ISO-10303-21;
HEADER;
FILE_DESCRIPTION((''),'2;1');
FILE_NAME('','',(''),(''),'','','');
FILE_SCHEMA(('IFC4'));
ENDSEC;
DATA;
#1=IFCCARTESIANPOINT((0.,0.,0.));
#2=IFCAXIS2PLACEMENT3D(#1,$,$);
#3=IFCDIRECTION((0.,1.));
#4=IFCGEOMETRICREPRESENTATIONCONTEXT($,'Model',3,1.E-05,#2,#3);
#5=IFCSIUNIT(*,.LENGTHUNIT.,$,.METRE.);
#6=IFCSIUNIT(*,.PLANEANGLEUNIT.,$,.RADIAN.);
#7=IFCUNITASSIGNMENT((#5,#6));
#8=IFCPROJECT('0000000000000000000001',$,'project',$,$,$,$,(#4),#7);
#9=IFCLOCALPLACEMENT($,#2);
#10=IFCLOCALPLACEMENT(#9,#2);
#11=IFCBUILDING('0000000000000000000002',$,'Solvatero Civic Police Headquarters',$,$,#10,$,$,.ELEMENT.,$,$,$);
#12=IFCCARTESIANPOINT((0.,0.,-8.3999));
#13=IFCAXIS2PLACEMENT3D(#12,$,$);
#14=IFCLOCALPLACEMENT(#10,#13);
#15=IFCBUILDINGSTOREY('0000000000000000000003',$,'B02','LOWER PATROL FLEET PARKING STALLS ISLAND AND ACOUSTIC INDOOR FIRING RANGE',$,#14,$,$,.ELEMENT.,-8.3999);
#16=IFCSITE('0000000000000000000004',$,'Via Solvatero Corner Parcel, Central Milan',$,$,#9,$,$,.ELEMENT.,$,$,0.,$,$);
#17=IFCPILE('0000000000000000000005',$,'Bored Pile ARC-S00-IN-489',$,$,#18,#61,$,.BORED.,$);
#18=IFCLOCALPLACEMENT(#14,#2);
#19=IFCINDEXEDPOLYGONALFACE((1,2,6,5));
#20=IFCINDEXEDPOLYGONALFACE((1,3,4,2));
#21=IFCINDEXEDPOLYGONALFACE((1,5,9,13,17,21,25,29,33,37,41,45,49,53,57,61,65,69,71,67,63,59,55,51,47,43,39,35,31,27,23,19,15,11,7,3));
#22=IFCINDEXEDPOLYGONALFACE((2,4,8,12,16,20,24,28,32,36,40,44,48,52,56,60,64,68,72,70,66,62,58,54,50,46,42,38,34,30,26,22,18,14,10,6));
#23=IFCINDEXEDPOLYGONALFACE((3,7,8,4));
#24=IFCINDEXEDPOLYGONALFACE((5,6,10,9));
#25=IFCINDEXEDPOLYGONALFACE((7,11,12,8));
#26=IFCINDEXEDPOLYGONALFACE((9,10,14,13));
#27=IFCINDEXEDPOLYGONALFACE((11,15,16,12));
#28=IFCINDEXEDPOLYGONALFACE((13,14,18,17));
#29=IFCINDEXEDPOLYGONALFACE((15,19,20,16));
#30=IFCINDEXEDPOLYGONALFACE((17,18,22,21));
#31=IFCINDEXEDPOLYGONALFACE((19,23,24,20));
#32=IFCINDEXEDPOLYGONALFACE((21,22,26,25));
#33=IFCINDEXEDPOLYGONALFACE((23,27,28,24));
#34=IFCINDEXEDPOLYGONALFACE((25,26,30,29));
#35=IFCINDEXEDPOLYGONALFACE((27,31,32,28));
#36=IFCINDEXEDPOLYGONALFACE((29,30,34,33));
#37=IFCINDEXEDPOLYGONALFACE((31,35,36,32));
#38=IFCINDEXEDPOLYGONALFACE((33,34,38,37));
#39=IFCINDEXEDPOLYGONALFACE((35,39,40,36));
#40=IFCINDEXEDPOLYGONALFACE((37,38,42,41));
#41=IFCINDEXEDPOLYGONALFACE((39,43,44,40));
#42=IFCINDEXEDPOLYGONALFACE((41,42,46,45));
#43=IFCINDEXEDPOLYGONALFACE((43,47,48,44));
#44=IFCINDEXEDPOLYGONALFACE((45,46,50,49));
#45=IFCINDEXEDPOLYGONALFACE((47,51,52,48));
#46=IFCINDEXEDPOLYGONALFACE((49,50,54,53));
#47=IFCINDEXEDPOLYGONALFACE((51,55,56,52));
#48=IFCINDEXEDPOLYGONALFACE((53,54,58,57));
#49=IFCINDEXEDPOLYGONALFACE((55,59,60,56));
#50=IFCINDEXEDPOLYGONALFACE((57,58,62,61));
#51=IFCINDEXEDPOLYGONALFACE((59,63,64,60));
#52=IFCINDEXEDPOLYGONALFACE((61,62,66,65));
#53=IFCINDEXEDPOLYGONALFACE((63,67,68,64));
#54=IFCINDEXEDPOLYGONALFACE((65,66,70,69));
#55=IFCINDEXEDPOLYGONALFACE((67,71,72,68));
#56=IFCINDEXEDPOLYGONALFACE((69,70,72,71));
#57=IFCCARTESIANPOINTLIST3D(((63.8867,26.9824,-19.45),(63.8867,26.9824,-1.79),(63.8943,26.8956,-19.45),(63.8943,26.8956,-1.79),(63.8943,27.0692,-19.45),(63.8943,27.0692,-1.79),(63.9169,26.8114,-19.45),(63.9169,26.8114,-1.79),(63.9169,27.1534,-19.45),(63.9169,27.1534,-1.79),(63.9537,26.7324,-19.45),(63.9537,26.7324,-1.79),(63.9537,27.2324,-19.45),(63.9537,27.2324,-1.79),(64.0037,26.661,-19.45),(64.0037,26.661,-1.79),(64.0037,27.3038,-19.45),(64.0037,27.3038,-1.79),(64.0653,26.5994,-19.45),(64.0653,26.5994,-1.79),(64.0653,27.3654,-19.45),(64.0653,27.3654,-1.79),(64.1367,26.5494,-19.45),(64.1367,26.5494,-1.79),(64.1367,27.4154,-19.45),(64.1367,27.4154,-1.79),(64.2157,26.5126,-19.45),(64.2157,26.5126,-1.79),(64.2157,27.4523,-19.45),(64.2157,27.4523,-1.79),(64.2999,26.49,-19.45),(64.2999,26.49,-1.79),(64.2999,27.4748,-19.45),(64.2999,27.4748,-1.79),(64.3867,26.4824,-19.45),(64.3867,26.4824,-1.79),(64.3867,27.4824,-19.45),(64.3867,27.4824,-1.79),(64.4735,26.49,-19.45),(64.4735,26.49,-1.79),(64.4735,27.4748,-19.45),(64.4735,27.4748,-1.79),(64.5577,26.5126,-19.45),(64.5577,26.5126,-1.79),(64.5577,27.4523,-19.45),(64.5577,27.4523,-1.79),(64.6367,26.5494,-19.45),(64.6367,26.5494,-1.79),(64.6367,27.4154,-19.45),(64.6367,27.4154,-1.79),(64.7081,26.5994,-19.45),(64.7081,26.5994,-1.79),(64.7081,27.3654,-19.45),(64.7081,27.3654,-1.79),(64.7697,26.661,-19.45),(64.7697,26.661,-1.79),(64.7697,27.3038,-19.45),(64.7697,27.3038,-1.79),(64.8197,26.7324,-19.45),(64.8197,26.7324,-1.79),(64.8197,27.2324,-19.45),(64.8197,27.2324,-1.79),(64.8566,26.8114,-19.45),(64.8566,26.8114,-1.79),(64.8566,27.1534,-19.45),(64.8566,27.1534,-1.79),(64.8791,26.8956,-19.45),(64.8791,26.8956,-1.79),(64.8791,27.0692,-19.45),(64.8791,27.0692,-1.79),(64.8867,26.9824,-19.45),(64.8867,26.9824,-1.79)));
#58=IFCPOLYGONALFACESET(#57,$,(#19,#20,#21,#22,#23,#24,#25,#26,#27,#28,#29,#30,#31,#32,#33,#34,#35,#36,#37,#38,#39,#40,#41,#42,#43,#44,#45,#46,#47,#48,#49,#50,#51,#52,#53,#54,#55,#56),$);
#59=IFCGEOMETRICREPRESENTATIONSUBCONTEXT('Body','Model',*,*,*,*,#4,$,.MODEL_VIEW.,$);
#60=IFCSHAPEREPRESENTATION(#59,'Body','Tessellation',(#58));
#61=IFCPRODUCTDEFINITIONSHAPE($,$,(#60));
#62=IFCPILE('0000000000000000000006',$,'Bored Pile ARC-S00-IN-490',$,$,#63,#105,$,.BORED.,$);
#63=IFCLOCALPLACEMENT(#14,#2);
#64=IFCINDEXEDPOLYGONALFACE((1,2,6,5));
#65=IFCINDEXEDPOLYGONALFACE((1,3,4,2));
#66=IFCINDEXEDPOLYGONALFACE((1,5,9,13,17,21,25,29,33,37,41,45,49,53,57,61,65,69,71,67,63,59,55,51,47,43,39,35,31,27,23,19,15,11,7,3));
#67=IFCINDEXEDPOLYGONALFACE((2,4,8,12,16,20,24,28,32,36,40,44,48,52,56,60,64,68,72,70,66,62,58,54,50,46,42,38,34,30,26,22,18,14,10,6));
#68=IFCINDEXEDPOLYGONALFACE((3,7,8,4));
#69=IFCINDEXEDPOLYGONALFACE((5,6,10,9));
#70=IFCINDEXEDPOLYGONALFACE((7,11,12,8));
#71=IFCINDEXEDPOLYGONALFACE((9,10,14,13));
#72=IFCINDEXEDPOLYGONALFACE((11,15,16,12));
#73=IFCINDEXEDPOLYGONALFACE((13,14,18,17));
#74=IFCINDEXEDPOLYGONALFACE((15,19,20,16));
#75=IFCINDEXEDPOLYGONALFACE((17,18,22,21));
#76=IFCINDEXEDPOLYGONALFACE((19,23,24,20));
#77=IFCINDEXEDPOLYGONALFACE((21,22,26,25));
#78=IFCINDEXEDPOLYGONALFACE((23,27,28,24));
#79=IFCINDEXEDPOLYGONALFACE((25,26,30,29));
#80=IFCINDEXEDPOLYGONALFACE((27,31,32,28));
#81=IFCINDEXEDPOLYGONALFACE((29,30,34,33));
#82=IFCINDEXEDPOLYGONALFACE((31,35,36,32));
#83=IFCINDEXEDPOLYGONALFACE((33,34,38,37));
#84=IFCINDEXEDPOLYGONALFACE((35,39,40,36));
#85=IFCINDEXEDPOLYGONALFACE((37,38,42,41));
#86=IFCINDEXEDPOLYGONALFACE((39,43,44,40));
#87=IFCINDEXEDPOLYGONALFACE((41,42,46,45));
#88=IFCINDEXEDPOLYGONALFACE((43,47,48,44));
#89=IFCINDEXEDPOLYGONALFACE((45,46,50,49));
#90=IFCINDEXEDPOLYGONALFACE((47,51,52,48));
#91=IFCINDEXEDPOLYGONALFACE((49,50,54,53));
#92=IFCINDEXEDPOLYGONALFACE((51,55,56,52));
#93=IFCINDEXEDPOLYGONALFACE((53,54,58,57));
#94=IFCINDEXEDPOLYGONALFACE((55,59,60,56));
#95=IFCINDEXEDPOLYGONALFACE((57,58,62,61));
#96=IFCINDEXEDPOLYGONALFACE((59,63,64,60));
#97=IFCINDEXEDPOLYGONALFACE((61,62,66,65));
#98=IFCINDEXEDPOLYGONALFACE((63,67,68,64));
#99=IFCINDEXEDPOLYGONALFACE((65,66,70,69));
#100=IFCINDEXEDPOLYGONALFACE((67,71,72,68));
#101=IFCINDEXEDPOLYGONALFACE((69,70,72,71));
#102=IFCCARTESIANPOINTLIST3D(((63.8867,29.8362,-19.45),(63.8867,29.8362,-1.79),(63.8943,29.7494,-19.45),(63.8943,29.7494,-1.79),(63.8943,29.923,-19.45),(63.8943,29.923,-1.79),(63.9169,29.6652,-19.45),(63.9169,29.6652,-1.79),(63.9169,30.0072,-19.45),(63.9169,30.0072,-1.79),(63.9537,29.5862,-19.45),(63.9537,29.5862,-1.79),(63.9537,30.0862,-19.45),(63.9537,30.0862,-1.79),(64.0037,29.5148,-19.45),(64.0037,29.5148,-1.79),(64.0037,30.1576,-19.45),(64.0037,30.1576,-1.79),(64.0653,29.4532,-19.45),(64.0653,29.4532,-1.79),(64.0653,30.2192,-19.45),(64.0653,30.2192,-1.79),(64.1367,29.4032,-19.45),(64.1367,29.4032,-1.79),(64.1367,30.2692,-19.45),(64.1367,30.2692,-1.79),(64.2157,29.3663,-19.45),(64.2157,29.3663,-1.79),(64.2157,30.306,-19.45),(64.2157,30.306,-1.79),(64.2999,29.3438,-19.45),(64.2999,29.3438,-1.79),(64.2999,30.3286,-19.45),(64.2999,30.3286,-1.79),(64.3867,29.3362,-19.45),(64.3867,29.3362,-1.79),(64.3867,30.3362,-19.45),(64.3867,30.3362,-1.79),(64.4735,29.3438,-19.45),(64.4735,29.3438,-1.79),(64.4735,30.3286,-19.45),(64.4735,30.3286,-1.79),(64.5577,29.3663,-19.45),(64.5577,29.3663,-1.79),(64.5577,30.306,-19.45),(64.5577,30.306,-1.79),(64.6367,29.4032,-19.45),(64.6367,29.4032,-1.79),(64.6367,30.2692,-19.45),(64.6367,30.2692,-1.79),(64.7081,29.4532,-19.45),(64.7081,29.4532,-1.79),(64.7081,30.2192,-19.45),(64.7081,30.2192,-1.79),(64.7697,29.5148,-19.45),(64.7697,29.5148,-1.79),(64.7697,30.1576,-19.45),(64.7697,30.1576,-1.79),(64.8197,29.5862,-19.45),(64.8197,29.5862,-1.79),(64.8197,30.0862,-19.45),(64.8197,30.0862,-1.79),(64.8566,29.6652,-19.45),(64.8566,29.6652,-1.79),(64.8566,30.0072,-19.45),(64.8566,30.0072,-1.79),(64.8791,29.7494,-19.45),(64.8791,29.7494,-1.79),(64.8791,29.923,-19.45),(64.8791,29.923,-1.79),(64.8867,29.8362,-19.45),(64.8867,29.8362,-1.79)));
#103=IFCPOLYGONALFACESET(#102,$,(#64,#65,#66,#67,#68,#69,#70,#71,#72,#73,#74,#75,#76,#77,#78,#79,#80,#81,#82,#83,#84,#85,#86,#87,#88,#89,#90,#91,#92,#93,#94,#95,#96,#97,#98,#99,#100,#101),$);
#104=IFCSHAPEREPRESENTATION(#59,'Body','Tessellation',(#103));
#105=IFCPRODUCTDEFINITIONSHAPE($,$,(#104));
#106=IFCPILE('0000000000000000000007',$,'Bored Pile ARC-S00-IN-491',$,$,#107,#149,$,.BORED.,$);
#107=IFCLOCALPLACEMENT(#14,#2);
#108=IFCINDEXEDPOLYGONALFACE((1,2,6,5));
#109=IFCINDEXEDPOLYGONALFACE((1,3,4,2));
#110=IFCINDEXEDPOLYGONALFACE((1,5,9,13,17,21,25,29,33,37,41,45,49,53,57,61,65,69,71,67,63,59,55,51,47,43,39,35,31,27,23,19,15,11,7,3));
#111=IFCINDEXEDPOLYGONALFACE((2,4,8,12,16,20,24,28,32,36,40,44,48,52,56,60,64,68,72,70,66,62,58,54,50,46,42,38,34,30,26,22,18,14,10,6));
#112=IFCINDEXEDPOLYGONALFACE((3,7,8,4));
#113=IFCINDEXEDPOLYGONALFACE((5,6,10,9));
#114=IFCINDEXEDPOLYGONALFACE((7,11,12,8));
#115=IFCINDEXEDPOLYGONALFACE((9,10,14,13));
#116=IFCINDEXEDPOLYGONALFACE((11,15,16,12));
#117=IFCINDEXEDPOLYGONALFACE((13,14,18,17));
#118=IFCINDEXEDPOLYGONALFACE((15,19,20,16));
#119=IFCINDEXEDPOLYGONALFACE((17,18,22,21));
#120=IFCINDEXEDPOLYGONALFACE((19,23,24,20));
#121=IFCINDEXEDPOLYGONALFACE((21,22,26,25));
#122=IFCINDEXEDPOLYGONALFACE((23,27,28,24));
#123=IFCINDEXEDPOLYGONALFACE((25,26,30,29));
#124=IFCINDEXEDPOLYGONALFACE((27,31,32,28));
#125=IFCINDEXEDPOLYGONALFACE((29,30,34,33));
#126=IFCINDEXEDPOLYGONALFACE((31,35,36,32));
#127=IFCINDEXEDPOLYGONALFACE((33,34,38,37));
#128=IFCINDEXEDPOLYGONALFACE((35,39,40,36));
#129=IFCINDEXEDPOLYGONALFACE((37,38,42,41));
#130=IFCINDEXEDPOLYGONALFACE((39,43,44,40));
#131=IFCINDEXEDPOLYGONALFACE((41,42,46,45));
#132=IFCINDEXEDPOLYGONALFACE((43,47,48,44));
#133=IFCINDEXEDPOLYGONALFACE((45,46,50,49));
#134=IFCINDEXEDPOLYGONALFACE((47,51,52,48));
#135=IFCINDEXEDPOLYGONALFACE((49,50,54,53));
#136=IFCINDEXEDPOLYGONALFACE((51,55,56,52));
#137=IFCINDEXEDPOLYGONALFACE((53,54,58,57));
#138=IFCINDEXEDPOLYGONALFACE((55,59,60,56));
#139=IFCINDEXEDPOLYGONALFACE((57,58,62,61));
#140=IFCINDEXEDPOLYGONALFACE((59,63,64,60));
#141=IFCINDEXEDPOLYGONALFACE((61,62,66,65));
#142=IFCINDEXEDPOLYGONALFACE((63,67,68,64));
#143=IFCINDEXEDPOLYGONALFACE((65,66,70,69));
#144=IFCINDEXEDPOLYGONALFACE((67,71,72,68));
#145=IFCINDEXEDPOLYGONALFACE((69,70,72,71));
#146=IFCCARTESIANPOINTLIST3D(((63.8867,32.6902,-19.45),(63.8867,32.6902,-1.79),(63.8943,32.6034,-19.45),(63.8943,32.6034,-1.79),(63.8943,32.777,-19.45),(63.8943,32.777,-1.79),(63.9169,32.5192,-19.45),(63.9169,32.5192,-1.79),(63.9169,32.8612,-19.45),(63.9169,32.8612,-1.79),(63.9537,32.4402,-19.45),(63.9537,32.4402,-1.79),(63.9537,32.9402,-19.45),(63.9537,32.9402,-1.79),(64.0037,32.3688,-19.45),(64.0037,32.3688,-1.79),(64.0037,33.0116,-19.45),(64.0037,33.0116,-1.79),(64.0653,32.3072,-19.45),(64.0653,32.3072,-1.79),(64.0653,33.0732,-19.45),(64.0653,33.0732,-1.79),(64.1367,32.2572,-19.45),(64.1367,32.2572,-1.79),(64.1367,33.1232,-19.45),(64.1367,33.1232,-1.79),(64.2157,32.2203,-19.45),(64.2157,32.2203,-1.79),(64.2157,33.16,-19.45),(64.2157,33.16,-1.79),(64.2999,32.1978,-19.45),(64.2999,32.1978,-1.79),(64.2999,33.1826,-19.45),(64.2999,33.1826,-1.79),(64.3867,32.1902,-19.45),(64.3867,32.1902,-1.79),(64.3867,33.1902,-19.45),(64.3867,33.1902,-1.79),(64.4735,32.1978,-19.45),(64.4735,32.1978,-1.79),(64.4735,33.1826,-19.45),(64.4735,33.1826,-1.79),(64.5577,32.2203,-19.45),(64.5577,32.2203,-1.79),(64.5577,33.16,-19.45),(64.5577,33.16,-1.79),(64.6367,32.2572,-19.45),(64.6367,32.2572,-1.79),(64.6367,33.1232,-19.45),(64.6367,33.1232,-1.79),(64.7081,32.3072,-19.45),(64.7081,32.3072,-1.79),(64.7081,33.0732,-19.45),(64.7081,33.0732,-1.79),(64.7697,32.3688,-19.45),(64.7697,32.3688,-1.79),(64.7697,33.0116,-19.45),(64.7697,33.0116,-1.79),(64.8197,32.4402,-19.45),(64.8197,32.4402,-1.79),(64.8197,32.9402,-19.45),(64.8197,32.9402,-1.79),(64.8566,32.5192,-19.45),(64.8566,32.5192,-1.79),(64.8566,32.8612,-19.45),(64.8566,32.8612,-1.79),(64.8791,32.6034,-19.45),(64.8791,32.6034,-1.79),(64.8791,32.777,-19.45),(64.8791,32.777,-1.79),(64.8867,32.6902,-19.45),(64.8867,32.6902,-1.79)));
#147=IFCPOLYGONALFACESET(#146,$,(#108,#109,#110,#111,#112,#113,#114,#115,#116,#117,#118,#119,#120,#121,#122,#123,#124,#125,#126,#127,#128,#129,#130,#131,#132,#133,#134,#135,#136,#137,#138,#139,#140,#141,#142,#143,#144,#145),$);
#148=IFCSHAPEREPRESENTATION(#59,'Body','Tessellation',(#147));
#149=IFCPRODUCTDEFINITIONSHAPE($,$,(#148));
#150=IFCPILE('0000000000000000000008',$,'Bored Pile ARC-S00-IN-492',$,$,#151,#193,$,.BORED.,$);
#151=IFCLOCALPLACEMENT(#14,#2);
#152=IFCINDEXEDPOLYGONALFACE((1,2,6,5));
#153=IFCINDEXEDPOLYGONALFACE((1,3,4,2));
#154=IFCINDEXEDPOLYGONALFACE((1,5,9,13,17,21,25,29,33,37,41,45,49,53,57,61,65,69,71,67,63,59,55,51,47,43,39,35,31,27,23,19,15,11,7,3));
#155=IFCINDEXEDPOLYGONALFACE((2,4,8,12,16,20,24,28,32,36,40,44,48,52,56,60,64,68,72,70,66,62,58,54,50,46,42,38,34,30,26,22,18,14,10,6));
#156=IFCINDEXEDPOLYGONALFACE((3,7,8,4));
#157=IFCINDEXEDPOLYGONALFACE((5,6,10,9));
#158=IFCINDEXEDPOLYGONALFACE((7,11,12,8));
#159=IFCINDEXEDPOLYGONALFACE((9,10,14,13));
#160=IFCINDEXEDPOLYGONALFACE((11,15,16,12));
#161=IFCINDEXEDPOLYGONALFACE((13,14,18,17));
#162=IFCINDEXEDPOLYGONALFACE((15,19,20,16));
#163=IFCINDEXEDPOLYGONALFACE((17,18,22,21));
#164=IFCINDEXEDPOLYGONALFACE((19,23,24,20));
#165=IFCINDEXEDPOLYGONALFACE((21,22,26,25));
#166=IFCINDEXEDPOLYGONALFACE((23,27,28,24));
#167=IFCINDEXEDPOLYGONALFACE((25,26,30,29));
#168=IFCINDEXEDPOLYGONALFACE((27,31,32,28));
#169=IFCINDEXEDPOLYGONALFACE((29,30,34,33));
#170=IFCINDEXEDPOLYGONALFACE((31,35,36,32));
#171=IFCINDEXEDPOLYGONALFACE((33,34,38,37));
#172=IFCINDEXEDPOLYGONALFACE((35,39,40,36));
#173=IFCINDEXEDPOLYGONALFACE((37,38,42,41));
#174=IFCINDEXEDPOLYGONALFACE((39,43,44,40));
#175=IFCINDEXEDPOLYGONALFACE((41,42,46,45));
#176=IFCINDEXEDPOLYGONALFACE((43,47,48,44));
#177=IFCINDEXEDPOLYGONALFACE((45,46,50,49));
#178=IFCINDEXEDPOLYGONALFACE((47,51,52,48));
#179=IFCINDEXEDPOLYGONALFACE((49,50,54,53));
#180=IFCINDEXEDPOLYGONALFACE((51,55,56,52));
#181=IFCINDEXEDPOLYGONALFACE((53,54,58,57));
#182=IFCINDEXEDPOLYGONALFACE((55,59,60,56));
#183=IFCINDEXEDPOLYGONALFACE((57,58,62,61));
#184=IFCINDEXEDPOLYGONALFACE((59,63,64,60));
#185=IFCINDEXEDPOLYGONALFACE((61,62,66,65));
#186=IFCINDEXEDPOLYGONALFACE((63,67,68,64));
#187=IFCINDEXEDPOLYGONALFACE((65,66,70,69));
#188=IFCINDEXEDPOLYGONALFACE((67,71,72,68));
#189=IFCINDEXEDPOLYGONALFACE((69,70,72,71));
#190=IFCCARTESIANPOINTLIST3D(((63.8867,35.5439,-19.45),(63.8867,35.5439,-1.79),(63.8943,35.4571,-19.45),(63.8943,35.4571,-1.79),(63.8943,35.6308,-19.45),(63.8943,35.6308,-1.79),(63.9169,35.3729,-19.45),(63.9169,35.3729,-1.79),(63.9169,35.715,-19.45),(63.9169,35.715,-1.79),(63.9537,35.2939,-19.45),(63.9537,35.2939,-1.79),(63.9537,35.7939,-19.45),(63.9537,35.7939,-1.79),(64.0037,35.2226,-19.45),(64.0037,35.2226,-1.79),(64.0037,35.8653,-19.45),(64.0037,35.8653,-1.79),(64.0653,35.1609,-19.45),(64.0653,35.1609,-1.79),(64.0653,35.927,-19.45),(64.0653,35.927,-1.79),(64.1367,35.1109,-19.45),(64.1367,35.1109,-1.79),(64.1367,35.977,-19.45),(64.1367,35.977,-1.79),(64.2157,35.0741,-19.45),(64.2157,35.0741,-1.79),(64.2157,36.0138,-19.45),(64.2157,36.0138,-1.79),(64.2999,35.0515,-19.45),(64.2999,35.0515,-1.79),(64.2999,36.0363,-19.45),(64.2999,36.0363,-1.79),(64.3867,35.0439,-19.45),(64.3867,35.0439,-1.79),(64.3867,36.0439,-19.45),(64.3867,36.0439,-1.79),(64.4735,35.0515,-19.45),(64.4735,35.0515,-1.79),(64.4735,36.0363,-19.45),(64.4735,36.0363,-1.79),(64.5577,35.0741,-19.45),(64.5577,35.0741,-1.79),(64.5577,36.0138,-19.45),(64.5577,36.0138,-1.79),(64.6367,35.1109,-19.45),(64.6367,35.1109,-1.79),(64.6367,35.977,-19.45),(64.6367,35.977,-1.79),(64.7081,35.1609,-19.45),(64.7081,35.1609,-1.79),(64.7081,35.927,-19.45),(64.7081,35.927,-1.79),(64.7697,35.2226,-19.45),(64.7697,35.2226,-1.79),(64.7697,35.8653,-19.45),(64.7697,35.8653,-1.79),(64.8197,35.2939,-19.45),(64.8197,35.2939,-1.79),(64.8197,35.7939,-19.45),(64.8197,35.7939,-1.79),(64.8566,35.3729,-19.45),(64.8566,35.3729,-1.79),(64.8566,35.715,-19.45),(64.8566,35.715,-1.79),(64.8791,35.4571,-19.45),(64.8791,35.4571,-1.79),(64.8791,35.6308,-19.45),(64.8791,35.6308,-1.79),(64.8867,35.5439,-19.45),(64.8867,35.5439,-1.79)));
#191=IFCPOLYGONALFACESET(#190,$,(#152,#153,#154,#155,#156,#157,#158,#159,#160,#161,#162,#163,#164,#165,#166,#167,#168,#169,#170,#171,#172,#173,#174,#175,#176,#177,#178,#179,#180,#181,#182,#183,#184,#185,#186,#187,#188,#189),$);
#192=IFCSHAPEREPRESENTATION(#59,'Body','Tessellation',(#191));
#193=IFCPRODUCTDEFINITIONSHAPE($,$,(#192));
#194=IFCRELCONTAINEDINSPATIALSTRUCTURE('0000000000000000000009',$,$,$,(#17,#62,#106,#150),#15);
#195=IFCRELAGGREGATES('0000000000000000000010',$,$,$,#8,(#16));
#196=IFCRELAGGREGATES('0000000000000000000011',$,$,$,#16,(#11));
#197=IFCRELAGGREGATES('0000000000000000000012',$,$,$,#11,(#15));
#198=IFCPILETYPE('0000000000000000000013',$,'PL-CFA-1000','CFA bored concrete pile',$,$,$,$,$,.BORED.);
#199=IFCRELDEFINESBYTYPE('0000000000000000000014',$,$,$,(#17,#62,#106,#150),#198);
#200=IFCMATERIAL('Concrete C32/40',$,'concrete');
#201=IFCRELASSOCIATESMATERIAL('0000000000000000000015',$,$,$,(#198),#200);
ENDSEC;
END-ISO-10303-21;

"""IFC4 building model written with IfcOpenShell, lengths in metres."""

from ifc_helpers import new_model, si_unit, direction, frame, origin, origin_2d, place, context, subcontext, project, spatial, circle, extrude, material, material_profile, profile_set, type_object, element, save


model = new_model("IFC4")

# Units and contexts
model_context = context("Model", 3, precision=1e-05, world=origin(), true_north=direction((0.0, 1.0)))
body_context = subcontext(model_context, "Body", "Model", "MODEL_VIEW")
ifc_project = project(units=[si_unit("LENGTHUNIT", "METRE"), si_unit("PLANEANGLEUNIT", "RADIAN")], contexts=[model_context])

# Site, building, storey
site_placement = place(None, origin())
site = spatial("IfcSite", under=ifc_project, at=site_placement, Name="Via Solvatero Corner Parcel, Central Milan", CompositionType="ELEMENT", RefElevation=0.0)
building_placement = place(site_placement, origin())
building = spatial("IfcBuilding", under=site, at=building_placement, Name="Solvatero Civic Police Headquarters", CompositionType="ELEMENT")
storey_placement = place(building_placement, frame((0.0, 0.0, -8.3999)))
storey = spatial("IfcBuildingStorey", under=building, at=storey_placement, Name="B02", Description="LOWER PATROL FLEET PARKING STALLS ISLAND AND ACOUSTIC INDOOR FIRING RANGE", CompositionType="ELEMENT", Elevation=-8.3999)

# Piles
ifc_material_1 = material(Name="Concrete C32/40", Category="concrete")
ifc_material_profile_1 = material_profile(ifc_material_1, circle(Radius=0.5, at=origin_2d()), Name="CFA PILE D1000")
ifc_profile_set_1 = profile_set([ifc_material_profile_1], Name="Concrete C32/40")
pile_type = type_object("IfcPileType", Name="PL-CFA-1000", Description="CFA bored concrete pile", PredefinedType="BORED", material=ifc_profile_set_1)
for number, where, z_axis, x_axis, name in (
    (1, (64.3867, 26.9824, -1.79), (0.0, 0.0, -1.0), (1.0, 0.0, 0.0), "Bored Pile ARC-S00-IN-489"),
    (2, (64.3867, 29.8362, -1.79), (0.0, 0.0, -1.0), (1.0, 0.0, 0.0), "Bored Pile ARC-S00-IN-490"),
    (3, (64.3867, 32.6902, -1.79), (0.0, 0.0, -1.0), (1.0, 0.0, 0.0), "Bored Pile ARC-S00-IN-491"),
    (4, (64.3867, 35.5439, -1.79), (0.0, 0.0, -1.0), (1.0, 0.0, 0.0), "Bored Pile ARC-S00-IN-492"),
):
    element("IfcPile", number, at=place(storey_placement, frame(where, z_axis=z_axis, x_axis=x_axis)), inside=storey, type_object=pile_type, Name=name, PredefinedType="BORED", context=body_context, shape_type="SweptSolid", body=[
        extrude(circle(Radius=0.5, at=origin_2d()), origin(), (0.0, 0.0, 1.0), 17.6599),
    ])

save(model, "model.ifc")
